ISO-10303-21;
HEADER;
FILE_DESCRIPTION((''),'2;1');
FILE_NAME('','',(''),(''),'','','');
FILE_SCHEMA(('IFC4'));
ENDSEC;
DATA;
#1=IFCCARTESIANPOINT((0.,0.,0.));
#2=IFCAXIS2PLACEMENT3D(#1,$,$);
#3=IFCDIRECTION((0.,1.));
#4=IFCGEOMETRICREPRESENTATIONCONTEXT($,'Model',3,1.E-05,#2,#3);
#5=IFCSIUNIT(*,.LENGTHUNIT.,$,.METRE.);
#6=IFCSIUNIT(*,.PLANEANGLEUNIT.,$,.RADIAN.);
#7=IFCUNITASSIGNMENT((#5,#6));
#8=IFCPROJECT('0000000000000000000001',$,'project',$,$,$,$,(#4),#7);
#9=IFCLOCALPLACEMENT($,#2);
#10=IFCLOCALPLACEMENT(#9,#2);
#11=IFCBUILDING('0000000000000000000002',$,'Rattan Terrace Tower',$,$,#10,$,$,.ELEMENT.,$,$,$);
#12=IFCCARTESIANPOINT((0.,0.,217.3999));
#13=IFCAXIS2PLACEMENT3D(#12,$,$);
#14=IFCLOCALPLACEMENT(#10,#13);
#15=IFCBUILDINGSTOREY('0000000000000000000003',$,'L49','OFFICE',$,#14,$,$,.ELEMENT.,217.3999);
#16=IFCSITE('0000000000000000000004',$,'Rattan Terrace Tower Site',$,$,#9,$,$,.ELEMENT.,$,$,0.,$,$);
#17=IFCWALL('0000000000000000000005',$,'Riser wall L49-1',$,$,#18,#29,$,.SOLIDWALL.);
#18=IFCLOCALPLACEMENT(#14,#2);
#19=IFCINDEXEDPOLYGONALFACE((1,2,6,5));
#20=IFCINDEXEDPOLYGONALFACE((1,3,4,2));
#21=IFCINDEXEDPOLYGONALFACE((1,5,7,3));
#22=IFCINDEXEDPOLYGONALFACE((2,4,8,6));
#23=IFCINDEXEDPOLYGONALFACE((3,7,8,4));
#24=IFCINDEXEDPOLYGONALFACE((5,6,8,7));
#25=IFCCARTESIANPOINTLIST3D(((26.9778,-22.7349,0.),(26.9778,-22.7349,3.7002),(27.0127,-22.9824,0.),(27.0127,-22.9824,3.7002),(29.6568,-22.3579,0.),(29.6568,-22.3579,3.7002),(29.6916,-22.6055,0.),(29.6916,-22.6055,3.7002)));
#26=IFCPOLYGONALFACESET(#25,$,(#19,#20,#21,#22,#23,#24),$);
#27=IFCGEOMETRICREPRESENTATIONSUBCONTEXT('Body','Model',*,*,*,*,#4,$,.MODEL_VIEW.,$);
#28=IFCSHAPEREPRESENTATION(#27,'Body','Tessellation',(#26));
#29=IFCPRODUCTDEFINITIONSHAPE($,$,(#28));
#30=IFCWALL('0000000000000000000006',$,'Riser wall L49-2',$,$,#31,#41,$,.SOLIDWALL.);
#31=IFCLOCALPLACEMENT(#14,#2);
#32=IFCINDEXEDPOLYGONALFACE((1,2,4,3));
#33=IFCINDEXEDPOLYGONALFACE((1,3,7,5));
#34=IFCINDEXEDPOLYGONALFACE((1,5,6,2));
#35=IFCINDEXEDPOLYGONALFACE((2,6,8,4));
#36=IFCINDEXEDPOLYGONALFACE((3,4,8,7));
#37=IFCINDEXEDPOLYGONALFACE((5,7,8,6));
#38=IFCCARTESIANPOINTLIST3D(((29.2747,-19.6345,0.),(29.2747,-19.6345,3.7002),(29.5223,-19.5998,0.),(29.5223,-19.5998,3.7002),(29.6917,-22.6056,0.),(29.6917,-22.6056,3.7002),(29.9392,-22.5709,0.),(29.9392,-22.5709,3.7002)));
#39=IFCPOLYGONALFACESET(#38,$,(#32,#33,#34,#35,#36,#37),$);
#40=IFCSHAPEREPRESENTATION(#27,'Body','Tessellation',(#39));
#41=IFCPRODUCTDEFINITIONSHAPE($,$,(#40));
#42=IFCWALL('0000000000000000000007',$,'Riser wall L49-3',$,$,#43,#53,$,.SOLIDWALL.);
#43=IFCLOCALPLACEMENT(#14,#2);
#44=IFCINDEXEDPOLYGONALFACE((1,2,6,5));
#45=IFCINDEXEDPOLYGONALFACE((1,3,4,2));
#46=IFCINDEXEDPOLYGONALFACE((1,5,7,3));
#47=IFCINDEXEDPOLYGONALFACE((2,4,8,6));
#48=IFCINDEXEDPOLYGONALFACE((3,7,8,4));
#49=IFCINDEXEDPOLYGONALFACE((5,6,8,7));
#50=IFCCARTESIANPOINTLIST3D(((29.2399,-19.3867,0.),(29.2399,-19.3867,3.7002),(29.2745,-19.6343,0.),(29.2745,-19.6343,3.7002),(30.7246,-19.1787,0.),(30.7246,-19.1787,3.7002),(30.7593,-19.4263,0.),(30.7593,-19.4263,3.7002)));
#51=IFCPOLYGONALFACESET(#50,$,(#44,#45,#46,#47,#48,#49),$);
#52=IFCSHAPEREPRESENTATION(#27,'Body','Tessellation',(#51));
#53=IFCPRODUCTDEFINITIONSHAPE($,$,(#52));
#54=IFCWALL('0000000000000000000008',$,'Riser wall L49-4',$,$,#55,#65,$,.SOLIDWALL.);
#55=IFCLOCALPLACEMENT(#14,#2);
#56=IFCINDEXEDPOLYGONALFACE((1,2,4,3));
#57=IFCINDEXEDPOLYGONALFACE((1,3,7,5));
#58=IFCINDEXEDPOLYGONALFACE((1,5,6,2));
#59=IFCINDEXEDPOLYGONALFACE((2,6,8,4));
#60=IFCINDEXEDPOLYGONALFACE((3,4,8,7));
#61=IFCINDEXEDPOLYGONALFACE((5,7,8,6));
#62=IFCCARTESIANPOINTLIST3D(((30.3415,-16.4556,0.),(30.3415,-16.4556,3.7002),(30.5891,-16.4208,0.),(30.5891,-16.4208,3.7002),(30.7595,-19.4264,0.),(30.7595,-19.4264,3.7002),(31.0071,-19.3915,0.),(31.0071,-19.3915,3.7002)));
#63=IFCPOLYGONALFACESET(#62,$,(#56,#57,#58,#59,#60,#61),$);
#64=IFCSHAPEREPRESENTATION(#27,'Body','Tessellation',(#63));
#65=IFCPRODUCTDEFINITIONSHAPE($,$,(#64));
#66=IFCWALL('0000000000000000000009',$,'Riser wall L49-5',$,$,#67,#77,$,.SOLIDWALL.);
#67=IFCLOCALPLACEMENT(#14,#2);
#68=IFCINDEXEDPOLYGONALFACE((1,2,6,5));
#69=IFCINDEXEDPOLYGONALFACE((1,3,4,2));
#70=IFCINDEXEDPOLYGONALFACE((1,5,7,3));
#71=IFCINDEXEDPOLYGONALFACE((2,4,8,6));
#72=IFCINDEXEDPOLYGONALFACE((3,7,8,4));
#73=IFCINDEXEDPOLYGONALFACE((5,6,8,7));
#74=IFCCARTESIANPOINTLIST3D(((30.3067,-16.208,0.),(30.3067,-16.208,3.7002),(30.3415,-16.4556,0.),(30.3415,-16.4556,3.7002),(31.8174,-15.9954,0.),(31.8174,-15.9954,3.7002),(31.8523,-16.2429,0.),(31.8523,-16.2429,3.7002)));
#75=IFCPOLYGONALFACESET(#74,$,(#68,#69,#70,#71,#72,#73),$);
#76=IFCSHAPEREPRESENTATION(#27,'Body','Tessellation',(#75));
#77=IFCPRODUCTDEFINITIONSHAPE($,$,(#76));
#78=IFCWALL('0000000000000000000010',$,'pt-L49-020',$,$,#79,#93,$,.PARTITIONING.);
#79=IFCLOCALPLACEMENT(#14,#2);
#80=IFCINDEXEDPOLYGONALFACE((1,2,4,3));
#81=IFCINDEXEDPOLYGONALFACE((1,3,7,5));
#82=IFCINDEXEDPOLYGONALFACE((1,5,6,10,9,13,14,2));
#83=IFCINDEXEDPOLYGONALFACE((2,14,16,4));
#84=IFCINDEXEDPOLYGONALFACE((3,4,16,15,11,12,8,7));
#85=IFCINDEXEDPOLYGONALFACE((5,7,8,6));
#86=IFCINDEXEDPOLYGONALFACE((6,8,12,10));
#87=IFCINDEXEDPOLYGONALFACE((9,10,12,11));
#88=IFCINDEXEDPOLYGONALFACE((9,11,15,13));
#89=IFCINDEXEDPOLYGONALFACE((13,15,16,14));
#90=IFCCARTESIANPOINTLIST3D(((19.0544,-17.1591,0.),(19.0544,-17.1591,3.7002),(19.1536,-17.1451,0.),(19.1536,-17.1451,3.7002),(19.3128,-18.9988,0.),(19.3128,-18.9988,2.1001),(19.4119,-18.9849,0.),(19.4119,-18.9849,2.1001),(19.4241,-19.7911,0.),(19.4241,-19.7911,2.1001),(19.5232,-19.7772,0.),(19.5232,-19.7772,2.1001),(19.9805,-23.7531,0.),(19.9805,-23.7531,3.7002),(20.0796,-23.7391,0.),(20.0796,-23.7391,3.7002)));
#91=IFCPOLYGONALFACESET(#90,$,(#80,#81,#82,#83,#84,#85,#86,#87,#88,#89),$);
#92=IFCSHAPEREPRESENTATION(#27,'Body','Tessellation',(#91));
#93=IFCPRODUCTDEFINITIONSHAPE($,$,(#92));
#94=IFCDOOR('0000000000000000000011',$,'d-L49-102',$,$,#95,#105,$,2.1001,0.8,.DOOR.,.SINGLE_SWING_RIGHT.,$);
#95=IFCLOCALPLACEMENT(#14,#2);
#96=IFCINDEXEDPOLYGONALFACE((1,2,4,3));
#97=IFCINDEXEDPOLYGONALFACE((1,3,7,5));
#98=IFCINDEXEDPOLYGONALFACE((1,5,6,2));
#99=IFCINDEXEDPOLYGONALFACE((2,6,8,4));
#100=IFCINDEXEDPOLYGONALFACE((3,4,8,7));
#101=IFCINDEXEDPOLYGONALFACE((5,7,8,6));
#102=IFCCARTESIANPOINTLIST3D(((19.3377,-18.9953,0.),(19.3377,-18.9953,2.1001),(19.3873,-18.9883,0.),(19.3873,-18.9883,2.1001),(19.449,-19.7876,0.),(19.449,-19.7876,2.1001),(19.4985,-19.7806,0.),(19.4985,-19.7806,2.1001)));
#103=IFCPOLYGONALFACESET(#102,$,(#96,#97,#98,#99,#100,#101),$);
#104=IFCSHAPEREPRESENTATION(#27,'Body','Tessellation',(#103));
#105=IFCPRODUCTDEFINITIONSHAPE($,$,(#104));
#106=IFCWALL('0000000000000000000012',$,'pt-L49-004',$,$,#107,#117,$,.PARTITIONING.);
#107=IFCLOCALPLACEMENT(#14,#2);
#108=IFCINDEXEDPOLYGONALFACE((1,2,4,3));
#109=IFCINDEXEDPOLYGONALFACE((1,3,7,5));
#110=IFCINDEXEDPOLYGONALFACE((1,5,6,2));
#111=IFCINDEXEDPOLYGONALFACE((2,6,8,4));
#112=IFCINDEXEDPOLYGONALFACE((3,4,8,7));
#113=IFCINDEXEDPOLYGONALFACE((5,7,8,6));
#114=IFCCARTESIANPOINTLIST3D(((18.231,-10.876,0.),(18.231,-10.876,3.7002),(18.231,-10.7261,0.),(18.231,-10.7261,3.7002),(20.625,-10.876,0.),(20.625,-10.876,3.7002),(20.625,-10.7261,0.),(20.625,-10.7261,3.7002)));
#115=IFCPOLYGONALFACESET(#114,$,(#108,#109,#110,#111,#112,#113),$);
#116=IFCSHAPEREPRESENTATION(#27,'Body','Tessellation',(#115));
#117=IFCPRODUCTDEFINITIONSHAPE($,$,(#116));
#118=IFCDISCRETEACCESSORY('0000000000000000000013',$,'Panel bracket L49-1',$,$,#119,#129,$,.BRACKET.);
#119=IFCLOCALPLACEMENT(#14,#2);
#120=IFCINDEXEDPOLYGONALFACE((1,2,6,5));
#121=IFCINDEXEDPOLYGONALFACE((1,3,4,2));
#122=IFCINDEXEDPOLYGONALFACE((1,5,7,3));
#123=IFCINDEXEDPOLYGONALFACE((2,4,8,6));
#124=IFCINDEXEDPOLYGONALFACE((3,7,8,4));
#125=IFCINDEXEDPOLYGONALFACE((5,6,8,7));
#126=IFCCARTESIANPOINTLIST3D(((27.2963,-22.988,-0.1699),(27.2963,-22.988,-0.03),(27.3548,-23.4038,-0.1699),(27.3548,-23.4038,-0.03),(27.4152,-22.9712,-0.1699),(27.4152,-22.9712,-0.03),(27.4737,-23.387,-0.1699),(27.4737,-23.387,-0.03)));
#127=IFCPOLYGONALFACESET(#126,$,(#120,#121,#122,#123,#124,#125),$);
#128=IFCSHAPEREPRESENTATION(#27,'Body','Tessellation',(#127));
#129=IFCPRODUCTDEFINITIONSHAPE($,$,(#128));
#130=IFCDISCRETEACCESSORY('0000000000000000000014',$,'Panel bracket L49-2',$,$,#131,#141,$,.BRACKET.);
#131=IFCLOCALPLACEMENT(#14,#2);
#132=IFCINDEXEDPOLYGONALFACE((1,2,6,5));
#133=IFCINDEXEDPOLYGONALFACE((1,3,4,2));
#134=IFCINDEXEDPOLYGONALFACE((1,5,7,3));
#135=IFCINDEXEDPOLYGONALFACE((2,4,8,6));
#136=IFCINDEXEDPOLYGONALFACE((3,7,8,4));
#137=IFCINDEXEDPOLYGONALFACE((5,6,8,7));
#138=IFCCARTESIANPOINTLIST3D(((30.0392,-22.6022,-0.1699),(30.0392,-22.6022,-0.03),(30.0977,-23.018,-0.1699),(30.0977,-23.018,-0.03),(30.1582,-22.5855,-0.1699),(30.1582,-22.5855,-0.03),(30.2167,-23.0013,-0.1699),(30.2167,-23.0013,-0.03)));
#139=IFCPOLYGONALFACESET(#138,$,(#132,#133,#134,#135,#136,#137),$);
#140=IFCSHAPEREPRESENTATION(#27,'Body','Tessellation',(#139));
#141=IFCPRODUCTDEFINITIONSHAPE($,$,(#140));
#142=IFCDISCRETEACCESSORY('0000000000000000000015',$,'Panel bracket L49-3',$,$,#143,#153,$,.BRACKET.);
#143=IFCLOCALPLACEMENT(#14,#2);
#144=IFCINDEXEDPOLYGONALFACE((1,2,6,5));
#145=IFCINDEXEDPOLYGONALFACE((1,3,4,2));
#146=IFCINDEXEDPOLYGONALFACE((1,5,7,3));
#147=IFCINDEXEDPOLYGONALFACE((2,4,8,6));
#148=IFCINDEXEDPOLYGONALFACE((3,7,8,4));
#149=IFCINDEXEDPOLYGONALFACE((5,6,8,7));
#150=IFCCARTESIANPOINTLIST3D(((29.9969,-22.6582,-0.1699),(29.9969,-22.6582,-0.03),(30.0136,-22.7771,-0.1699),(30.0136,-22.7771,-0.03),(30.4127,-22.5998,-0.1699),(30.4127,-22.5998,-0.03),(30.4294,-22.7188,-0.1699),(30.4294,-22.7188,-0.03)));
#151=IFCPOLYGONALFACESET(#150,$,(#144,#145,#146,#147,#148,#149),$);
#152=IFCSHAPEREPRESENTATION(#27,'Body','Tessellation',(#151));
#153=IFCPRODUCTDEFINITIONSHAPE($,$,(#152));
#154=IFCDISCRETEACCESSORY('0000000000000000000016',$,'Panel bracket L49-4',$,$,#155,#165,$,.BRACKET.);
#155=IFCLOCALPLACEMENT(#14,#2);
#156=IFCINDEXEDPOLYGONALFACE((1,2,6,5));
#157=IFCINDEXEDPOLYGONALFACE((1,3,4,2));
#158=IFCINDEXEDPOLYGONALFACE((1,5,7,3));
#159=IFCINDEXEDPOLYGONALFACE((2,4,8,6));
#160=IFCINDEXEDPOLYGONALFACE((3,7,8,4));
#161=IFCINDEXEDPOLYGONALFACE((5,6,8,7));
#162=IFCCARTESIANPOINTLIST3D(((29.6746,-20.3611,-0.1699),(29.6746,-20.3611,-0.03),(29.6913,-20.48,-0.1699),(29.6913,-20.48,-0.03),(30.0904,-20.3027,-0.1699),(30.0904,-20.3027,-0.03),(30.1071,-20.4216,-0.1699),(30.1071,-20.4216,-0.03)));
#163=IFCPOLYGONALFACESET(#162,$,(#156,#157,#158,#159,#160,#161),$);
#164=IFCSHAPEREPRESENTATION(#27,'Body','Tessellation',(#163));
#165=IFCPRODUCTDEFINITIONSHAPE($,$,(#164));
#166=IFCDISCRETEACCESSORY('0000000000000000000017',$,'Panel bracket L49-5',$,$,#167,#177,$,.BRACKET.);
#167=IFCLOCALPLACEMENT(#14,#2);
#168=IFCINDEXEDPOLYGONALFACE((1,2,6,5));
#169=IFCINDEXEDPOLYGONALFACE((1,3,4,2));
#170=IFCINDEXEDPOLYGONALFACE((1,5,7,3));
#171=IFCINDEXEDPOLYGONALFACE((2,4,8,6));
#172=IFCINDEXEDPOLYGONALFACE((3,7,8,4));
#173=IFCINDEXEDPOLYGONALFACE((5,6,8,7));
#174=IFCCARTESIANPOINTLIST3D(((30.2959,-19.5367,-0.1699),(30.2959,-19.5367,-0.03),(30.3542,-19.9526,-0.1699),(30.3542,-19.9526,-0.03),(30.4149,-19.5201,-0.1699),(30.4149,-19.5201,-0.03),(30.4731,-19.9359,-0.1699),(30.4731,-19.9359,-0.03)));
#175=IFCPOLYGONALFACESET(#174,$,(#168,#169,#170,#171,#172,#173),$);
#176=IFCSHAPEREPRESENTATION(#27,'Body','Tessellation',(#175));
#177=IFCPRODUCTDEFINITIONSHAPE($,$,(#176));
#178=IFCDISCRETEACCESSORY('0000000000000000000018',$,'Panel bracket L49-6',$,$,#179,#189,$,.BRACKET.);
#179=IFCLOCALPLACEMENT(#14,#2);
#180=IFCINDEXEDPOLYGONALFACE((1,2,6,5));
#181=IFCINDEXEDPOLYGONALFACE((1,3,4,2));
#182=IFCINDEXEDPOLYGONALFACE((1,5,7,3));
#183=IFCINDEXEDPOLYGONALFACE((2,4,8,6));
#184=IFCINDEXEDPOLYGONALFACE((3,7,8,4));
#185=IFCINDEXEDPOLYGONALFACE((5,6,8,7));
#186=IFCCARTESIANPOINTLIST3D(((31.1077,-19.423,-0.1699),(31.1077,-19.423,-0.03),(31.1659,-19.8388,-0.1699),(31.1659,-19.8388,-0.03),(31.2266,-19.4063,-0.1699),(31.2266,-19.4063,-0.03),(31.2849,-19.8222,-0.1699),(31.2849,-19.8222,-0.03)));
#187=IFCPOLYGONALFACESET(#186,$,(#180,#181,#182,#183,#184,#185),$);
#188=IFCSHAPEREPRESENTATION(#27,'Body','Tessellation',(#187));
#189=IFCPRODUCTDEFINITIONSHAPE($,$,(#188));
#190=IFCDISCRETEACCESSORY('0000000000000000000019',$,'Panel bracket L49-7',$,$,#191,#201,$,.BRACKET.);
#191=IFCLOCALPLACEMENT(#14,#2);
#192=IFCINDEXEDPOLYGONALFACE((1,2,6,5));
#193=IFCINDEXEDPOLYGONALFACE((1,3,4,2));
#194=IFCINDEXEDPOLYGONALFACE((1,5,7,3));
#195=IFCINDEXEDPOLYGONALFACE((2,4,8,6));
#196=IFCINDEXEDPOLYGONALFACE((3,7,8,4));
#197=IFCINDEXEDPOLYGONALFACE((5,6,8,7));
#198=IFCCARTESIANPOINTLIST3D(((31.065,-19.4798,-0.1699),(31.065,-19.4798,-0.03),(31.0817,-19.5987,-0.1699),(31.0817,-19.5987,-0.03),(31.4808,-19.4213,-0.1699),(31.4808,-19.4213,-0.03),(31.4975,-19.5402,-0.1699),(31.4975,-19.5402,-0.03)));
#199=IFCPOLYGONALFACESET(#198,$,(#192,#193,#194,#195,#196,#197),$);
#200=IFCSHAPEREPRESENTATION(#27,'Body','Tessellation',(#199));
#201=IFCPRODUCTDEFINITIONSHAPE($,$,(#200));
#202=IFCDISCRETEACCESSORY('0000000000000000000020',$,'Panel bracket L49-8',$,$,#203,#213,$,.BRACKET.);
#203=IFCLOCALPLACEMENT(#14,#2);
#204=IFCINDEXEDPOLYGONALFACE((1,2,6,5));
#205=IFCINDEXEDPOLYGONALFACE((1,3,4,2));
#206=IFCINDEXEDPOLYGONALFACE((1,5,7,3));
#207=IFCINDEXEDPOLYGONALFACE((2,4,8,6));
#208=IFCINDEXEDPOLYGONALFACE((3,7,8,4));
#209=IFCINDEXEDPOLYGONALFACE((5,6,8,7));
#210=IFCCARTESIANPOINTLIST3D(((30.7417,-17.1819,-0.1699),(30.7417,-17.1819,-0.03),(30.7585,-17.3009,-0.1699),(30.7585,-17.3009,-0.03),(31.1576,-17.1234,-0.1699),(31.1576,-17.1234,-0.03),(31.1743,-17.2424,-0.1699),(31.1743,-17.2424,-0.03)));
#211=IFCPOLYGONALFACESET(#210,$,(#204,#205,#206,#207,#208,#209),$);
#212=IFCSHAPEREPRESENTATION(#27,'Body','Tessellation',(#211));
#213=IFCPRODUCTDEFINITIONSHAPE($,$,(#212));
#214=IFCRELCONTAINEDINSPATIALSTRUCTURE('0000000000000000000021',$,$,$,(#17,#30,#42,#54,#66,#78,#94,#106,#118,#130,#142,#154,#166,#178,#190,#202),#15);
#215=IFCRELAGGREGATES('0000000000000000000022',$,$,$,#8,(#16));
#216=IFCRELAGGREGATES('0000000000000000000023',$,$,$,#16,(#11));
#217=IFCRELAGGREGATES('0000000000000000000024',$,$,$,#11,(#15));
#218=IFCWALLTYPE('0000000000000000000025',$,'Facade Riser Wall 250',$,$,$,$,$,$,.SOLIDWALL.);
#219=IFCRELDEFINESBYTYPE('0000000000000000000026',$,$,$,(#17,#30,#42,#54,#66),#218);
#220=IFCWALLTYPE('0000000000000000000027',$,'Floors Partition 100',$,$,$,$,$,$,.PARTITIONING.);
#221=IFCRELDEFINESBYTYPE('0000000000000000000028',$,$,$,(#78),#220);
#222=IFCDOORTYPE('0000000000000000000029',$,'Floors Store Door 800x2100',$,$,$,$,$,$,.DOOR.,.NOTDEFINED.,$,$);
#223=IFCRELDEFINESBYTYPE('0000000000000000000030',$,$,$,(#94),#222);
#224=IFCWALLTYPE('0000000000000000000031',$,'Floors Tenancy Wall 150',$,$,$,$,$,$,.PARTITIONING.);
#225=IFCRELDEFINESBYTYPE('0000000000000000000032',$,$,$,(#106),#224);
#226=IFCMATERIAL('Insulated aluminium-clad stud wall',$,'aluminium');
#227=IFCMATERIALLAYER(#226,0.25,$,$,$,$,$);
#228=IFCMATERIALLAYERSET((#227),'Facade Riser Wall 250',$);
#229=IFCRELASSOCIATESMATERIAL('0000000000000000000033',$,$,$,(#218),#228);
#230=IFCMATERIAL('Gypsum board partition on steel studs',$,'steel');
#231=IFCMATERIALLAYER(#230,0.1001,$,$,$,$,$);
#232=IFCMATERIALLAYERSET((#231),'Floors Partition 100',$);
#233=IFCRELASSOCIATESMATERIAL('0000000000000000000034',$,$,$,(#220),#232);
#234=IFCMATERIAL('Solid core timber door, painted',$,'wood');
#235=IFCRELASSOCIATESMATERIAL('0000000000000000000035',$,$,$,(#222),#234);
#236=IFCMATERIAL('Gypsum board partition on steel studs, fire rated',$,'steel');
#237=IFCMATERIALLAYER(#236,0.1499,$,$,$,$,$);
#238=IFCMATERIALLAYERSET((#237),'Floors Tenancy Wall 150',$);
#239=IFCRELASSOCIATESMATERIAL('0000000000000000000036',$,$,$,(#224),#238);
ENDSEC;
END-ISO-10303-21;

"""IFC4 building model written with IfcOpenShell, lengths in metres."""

from ifc_helpers import new_model, si_unit, direction, frame, frame_2d, origin, origin_2d, place, context, subcontext, project, spatial, rectangle, extrude, material, layer, layer_set, type_object, element, fill, save


model = new_model("IFC4")

# Units and contexts
model_context = context("Model", 3, precision=1e-05, world=origin(), true_north=direction((0.0, 1.0)))
body_context = subcontext(model_context, "Body", "Model", "MODEL_VIEW")
ifc_project = project(units=[si_unit("LENGTHUNIT", "METRE"), si_unit("PLANEANGLEUNIT", "RADIAN")], contexts=[model_context])

# Site, building, storey
site_placement = place(None, origin())
site = spatial("IfcSite", under=ifc_project, at=site_placement, Name="Rattan Terrace Tower Site", CompositionType="ELEMENT", RefElevation=0.0)
building_placement = place(site_placement, origin())
building = spatial("IfcBuilding", under=site, at=building_placement, Name="Rattan Terrace Tower", CompositionType="ELEMENT")
storey_placement = place(building_placement, frame((0.0, 0.0, 217.3999)))
storey = spatial("IfcBuildingStorey", under=building, at=storey_placement, Name="L49", Description="OFFICE", CompositionType="ELEMENT", Elevation=217.3999)

# Walls
ifc_material_1 = material(Name="Insulated aluminium-clad stud wall", Category="aluminium")
ifc_layer_1 = layer(ifc_material_1, 0.25)
ifc_layer_set_1 = layer_set([ifc_layer_1], Name="Facade Riser Wall 250")
wall_type_1 = type_object("IfcWallType", Name="Facade Riser Wall 250", PredefinedType="SOLIDWALL", material=ifc_layer_set_1)
wall_1_placement = place(storey_placement, frame((26.9954, -22.8586, 0.0), z_axis=(0.0, 0.0, 1.0), x_axis=(0.990245, 0.139336, 0.0)))
element("IfcWall", 1, at=wall_1_placement, inside=storey, type_object=wall_type_1, Name="Riser wall L49-1", PredefinedType="SOLIDWALL", context=body_context, shape_type="SweptSolid", body=[
    extrude(rectangle(XDim=2.7053, YDim=0.25, at=frame_2d((1.3525, 0.0))), origin(), (0.0, 0.0, 1.0), 3.7002),
])
wall_2_placement = place(storey_placement, frame((29.8154, -22.5881, 0.0), z_axis=(0.0, 0.0, 1.0), x_axis=(-0.138983, 0.990295, 0.0)))
element("IfcWall", 2, at=wall_2_placement, inside=storey, type_object=wall_type_1, Name="Riser wall L49-2", PredefinedType="SOLIDWALL", context=body_context, shape_type="SweptSolid", body=[
    extrude(rectangle(XDim=3.0002, YDim=0.25, at=frame_2d((1.5, 0.0))), origin(), (0.0, 0.0, 1.0), 3.7002),
])
wall_3_placement = place(storey_placement, frame((29.2573, -19.5105, 0.0), z_axis=(0.0, 0.0, 1.0), x_axis=(0.99033, 0.138731, 0.0)))
element("IfcWall", 3, at=wall_3_placement, inside=storey, type_object=wall_type_1, Name="Riser wall L49-3", PredefinedType="SOLIDWALL", context=body_context, shape_type="SweptSolid", body=[
    extrude(rectangle(XDim=1.4993, YDim=0.25, at=frame_2d((0.7495, 0.0))), origin(), (0.0, 0.0, 1.0), 3.7002),
])
wall_4_placement = place(storey_placement, frame((30.8833, -19.4089, 0.0), z_axis=(0.0, 0.0, 1.0), x_axis=(-0.139325, 0.990247, 0.0)))
element("IfcWall", 4, at=wall_4_placement, inside=storey, type_object=wall_type_1, Name="Riser wall L49-4", PredefinedType="SOLIDWALL", context=body_context, shape_type="SweptSolid", body=[
    extrude(rectangle(XDim=3.0, YDim=0.25, at=frame_2d((1.5, 0.0))), origin(), (0.0, 0.0, 1.0), 3.7002),
])
wall_5_placement = place(storey_placement, frame((30.3242, -16.3318, 0.0), z_axis=(0.0, 0.0, 1.0), x_axis=(0.990239, 0.139382, 0.0)))
element("IfcWall", 5, at=wall_5_placement, inside=storey, type_object=wall_type_1, Name="Riser wall L49-5", PredefinedType="SOLIDWALL", context=body_context, shape_type="SweptSolid", body=[
    extrude(rectangle(XDim=1.5256, YDim=0.25, at=frame_2d((0.7627, 0.0))), origin(), (0.0, 0.0, 1.0), 3.7002),
])

# Wall, opening, door
ifc_material_2 = material(Name="Gypsum board partition on steel studs", Category="steel")
ifc_layer_2 = layer(ifc_material_2, 0.1001)
ifc_layer_set_2 = layer_set([ifc_layer_2], Name="Floors Partition 100")
wall_type_2 = type_object("IfcWallType", Name="Floors Partition 100", PredefinedType="PARTITIONING", material=ifc_layer_set_2)
wall_6_placement = place(storey_placement, frame((20.03, -23.7461, 0.0), z_axis=(0.0, 0.0, 1.0), x_axis=(-0.13907, 0.990283, 0.0)))
wall_6 = element("IfcWall", 6, at=wall_6_placement, inside=storey, type_object=wall_type_2, Name="pt-L49-020", PredefinedType="PARTITIONING", context=body_context, shape_type="SweptSolid", body=[
    extrude(rectangle(XDim=6.6587, YDim=0.1001, at=frame_2d((3.3293, 0.0))), origin(), (0.0, 0.0, 1.0), 3.7002),
])
opening_placement = place(wall_6_placement, frame((4.001, 0.0, 0.0)))
opening = element("IfcOpeningElement", 7, at=opening_placement, cuts=wall_6, PredefinedType="OPENING", context=body_context, shape_type="SweptSolid", body=[
    extrude(rectangle(XDim=0.8, YDim=2.1001, at=frame_2d((0.3999, 1.05))), frame((0.0, 0.0605, 0.0), z_axis=(0.0, -1.0, 0.0), x_axis=(1.0, 0.0, 0.0)), (0.0, 0.0, 1.0), 0.1211),
])
ifc_material_3 = material(Name="Solid core timber door, painted", Category="wood")
door_type = type_object("IfcDoorType", Name="Floors Store Door 800x2100", OperationType="NOTDEFINED", PredefinedType="DOOR", material=ifc_material_3)
door_placement = place(opening_placement, origin())
door = element("IfcDoor", 8, at=door_placement, inside=storey, type_object=door_type, Name="d-L49-102", OperationType="SINGLE_SWING_RIGHT", OverallHeight=2.1001, OverallWidth=0.8, PredefinedType="DOOR", context=body_context, shape_type="SweptSolid", body=[
    extrude(rectangle(XDim=0.8, YDim=2.1001, at=frame_2d((0.3999, 1.05))), frame((0.0, 0.0249, 0.0), z_axis=(0.0, -1.0, 0.0), x_axis=(1.0, 0.0, 0.0)), (0.0, 0.0, 1.0), 0.05),
])
fill(opening, door)

# Wall
ifc_material_4 = material(Name="Gypsum board partition on steel studs, fire rated", Category="steel")
ifc_layer_3 = layer(ifc_material_4, 0.1499)
ifc_layer_set_3 = layer_set([ifc_layer_3], Name="Floors Tenancy Wall 150")
wall_type_3 = type_object("IfcWallType", Name="Floors Tenancy Wall 150", PredefinedType="PARTITIONING", material=ifc_layer_set_3)
wall_7_placement = place(storey_placement, frame((20.625, -10.801, 0.0), z_axis=(0.0, 0.0, 1.0), x_axis=(-1.0, 0.0, 0.0)))
element("IfcWall", 9, at=wall_7_placement, inside=storey, type_object=wall_type_3, Name="pt-L49-004", PredefinedType="PARTITIONING", context=body_context, shape_type="SweptSolid", body=[
    extrude(rectangle(XDim=2.394, YDim=0.1499, at=frame_2d((1.197, 0.0))), origin(), (0.0, 0.0, 1.0), 3.7002),
])

# Discrete accessories
for number, where, z_axis, x_axis, name in (
    (10, (27.385, -23.1875, -0.1699), (0.0, 0.0, 1.0), (0.990247, 0.139321, 0.0), "Panel bracket L49-1"),
    (11, (30.1279, -22.8018, -0.1699), (0.0, 0.0, 1.0), (0.990247, 0.139321, 0.0), "Panel bracket L49-2"),
    (12, (30.2131, -22.6885, -0.1699), (0.0, 0.0, 1.0), (-0.138994, 0.990293, 0.0), "Panel bracket L49-3"),
    (13, (29.8909, -20.3914, -0.1699), (0.0, 0.0, 1.0), (-0.138994, 0.990293, 0.0), "Panel bracket L49-4"),
    (14, (30.3845, -19.7363, -0.1699), (0.0, 0.0, 1.0), (0.990333, 0.138713, 0.0), "Panel bracket L49-5"),
    (15, (31.1963, -19.6226, -0.1699), (0.0, 0.0, 1.0), (0.990333, 0.138713, 0.0), "Panel bracket L49-6"),
    (16, (31.2812, -19.51, -0.1699), (0.0, 0.0, 1.0), (-0.139321, 0.990247, 0.0), "Panel bracket L49-7"),
    (17, (30.958, -17.2122, -0.1699), (0.0, 0.0, 1.0), (-0.139321, 0.990247, 0.0), "Panel bracket L49-8"),
):
    element("IfcDiscreteAccessory", number, at=place(storey_placement, frame(where, z_axis=z_axis, x_axis=x_axis)), inside=storey, Name=name, PredefinedType="BRACKET", context=body_context, shape_type="SweptSolid", body=[
        extrude(rectangle(XDim=0.1201, YDim=0.4199, at=origin_2d()), origin(), (0.0, 0.0, 1.0), 0.1399),
    ])

save(model, "model.ifc")
